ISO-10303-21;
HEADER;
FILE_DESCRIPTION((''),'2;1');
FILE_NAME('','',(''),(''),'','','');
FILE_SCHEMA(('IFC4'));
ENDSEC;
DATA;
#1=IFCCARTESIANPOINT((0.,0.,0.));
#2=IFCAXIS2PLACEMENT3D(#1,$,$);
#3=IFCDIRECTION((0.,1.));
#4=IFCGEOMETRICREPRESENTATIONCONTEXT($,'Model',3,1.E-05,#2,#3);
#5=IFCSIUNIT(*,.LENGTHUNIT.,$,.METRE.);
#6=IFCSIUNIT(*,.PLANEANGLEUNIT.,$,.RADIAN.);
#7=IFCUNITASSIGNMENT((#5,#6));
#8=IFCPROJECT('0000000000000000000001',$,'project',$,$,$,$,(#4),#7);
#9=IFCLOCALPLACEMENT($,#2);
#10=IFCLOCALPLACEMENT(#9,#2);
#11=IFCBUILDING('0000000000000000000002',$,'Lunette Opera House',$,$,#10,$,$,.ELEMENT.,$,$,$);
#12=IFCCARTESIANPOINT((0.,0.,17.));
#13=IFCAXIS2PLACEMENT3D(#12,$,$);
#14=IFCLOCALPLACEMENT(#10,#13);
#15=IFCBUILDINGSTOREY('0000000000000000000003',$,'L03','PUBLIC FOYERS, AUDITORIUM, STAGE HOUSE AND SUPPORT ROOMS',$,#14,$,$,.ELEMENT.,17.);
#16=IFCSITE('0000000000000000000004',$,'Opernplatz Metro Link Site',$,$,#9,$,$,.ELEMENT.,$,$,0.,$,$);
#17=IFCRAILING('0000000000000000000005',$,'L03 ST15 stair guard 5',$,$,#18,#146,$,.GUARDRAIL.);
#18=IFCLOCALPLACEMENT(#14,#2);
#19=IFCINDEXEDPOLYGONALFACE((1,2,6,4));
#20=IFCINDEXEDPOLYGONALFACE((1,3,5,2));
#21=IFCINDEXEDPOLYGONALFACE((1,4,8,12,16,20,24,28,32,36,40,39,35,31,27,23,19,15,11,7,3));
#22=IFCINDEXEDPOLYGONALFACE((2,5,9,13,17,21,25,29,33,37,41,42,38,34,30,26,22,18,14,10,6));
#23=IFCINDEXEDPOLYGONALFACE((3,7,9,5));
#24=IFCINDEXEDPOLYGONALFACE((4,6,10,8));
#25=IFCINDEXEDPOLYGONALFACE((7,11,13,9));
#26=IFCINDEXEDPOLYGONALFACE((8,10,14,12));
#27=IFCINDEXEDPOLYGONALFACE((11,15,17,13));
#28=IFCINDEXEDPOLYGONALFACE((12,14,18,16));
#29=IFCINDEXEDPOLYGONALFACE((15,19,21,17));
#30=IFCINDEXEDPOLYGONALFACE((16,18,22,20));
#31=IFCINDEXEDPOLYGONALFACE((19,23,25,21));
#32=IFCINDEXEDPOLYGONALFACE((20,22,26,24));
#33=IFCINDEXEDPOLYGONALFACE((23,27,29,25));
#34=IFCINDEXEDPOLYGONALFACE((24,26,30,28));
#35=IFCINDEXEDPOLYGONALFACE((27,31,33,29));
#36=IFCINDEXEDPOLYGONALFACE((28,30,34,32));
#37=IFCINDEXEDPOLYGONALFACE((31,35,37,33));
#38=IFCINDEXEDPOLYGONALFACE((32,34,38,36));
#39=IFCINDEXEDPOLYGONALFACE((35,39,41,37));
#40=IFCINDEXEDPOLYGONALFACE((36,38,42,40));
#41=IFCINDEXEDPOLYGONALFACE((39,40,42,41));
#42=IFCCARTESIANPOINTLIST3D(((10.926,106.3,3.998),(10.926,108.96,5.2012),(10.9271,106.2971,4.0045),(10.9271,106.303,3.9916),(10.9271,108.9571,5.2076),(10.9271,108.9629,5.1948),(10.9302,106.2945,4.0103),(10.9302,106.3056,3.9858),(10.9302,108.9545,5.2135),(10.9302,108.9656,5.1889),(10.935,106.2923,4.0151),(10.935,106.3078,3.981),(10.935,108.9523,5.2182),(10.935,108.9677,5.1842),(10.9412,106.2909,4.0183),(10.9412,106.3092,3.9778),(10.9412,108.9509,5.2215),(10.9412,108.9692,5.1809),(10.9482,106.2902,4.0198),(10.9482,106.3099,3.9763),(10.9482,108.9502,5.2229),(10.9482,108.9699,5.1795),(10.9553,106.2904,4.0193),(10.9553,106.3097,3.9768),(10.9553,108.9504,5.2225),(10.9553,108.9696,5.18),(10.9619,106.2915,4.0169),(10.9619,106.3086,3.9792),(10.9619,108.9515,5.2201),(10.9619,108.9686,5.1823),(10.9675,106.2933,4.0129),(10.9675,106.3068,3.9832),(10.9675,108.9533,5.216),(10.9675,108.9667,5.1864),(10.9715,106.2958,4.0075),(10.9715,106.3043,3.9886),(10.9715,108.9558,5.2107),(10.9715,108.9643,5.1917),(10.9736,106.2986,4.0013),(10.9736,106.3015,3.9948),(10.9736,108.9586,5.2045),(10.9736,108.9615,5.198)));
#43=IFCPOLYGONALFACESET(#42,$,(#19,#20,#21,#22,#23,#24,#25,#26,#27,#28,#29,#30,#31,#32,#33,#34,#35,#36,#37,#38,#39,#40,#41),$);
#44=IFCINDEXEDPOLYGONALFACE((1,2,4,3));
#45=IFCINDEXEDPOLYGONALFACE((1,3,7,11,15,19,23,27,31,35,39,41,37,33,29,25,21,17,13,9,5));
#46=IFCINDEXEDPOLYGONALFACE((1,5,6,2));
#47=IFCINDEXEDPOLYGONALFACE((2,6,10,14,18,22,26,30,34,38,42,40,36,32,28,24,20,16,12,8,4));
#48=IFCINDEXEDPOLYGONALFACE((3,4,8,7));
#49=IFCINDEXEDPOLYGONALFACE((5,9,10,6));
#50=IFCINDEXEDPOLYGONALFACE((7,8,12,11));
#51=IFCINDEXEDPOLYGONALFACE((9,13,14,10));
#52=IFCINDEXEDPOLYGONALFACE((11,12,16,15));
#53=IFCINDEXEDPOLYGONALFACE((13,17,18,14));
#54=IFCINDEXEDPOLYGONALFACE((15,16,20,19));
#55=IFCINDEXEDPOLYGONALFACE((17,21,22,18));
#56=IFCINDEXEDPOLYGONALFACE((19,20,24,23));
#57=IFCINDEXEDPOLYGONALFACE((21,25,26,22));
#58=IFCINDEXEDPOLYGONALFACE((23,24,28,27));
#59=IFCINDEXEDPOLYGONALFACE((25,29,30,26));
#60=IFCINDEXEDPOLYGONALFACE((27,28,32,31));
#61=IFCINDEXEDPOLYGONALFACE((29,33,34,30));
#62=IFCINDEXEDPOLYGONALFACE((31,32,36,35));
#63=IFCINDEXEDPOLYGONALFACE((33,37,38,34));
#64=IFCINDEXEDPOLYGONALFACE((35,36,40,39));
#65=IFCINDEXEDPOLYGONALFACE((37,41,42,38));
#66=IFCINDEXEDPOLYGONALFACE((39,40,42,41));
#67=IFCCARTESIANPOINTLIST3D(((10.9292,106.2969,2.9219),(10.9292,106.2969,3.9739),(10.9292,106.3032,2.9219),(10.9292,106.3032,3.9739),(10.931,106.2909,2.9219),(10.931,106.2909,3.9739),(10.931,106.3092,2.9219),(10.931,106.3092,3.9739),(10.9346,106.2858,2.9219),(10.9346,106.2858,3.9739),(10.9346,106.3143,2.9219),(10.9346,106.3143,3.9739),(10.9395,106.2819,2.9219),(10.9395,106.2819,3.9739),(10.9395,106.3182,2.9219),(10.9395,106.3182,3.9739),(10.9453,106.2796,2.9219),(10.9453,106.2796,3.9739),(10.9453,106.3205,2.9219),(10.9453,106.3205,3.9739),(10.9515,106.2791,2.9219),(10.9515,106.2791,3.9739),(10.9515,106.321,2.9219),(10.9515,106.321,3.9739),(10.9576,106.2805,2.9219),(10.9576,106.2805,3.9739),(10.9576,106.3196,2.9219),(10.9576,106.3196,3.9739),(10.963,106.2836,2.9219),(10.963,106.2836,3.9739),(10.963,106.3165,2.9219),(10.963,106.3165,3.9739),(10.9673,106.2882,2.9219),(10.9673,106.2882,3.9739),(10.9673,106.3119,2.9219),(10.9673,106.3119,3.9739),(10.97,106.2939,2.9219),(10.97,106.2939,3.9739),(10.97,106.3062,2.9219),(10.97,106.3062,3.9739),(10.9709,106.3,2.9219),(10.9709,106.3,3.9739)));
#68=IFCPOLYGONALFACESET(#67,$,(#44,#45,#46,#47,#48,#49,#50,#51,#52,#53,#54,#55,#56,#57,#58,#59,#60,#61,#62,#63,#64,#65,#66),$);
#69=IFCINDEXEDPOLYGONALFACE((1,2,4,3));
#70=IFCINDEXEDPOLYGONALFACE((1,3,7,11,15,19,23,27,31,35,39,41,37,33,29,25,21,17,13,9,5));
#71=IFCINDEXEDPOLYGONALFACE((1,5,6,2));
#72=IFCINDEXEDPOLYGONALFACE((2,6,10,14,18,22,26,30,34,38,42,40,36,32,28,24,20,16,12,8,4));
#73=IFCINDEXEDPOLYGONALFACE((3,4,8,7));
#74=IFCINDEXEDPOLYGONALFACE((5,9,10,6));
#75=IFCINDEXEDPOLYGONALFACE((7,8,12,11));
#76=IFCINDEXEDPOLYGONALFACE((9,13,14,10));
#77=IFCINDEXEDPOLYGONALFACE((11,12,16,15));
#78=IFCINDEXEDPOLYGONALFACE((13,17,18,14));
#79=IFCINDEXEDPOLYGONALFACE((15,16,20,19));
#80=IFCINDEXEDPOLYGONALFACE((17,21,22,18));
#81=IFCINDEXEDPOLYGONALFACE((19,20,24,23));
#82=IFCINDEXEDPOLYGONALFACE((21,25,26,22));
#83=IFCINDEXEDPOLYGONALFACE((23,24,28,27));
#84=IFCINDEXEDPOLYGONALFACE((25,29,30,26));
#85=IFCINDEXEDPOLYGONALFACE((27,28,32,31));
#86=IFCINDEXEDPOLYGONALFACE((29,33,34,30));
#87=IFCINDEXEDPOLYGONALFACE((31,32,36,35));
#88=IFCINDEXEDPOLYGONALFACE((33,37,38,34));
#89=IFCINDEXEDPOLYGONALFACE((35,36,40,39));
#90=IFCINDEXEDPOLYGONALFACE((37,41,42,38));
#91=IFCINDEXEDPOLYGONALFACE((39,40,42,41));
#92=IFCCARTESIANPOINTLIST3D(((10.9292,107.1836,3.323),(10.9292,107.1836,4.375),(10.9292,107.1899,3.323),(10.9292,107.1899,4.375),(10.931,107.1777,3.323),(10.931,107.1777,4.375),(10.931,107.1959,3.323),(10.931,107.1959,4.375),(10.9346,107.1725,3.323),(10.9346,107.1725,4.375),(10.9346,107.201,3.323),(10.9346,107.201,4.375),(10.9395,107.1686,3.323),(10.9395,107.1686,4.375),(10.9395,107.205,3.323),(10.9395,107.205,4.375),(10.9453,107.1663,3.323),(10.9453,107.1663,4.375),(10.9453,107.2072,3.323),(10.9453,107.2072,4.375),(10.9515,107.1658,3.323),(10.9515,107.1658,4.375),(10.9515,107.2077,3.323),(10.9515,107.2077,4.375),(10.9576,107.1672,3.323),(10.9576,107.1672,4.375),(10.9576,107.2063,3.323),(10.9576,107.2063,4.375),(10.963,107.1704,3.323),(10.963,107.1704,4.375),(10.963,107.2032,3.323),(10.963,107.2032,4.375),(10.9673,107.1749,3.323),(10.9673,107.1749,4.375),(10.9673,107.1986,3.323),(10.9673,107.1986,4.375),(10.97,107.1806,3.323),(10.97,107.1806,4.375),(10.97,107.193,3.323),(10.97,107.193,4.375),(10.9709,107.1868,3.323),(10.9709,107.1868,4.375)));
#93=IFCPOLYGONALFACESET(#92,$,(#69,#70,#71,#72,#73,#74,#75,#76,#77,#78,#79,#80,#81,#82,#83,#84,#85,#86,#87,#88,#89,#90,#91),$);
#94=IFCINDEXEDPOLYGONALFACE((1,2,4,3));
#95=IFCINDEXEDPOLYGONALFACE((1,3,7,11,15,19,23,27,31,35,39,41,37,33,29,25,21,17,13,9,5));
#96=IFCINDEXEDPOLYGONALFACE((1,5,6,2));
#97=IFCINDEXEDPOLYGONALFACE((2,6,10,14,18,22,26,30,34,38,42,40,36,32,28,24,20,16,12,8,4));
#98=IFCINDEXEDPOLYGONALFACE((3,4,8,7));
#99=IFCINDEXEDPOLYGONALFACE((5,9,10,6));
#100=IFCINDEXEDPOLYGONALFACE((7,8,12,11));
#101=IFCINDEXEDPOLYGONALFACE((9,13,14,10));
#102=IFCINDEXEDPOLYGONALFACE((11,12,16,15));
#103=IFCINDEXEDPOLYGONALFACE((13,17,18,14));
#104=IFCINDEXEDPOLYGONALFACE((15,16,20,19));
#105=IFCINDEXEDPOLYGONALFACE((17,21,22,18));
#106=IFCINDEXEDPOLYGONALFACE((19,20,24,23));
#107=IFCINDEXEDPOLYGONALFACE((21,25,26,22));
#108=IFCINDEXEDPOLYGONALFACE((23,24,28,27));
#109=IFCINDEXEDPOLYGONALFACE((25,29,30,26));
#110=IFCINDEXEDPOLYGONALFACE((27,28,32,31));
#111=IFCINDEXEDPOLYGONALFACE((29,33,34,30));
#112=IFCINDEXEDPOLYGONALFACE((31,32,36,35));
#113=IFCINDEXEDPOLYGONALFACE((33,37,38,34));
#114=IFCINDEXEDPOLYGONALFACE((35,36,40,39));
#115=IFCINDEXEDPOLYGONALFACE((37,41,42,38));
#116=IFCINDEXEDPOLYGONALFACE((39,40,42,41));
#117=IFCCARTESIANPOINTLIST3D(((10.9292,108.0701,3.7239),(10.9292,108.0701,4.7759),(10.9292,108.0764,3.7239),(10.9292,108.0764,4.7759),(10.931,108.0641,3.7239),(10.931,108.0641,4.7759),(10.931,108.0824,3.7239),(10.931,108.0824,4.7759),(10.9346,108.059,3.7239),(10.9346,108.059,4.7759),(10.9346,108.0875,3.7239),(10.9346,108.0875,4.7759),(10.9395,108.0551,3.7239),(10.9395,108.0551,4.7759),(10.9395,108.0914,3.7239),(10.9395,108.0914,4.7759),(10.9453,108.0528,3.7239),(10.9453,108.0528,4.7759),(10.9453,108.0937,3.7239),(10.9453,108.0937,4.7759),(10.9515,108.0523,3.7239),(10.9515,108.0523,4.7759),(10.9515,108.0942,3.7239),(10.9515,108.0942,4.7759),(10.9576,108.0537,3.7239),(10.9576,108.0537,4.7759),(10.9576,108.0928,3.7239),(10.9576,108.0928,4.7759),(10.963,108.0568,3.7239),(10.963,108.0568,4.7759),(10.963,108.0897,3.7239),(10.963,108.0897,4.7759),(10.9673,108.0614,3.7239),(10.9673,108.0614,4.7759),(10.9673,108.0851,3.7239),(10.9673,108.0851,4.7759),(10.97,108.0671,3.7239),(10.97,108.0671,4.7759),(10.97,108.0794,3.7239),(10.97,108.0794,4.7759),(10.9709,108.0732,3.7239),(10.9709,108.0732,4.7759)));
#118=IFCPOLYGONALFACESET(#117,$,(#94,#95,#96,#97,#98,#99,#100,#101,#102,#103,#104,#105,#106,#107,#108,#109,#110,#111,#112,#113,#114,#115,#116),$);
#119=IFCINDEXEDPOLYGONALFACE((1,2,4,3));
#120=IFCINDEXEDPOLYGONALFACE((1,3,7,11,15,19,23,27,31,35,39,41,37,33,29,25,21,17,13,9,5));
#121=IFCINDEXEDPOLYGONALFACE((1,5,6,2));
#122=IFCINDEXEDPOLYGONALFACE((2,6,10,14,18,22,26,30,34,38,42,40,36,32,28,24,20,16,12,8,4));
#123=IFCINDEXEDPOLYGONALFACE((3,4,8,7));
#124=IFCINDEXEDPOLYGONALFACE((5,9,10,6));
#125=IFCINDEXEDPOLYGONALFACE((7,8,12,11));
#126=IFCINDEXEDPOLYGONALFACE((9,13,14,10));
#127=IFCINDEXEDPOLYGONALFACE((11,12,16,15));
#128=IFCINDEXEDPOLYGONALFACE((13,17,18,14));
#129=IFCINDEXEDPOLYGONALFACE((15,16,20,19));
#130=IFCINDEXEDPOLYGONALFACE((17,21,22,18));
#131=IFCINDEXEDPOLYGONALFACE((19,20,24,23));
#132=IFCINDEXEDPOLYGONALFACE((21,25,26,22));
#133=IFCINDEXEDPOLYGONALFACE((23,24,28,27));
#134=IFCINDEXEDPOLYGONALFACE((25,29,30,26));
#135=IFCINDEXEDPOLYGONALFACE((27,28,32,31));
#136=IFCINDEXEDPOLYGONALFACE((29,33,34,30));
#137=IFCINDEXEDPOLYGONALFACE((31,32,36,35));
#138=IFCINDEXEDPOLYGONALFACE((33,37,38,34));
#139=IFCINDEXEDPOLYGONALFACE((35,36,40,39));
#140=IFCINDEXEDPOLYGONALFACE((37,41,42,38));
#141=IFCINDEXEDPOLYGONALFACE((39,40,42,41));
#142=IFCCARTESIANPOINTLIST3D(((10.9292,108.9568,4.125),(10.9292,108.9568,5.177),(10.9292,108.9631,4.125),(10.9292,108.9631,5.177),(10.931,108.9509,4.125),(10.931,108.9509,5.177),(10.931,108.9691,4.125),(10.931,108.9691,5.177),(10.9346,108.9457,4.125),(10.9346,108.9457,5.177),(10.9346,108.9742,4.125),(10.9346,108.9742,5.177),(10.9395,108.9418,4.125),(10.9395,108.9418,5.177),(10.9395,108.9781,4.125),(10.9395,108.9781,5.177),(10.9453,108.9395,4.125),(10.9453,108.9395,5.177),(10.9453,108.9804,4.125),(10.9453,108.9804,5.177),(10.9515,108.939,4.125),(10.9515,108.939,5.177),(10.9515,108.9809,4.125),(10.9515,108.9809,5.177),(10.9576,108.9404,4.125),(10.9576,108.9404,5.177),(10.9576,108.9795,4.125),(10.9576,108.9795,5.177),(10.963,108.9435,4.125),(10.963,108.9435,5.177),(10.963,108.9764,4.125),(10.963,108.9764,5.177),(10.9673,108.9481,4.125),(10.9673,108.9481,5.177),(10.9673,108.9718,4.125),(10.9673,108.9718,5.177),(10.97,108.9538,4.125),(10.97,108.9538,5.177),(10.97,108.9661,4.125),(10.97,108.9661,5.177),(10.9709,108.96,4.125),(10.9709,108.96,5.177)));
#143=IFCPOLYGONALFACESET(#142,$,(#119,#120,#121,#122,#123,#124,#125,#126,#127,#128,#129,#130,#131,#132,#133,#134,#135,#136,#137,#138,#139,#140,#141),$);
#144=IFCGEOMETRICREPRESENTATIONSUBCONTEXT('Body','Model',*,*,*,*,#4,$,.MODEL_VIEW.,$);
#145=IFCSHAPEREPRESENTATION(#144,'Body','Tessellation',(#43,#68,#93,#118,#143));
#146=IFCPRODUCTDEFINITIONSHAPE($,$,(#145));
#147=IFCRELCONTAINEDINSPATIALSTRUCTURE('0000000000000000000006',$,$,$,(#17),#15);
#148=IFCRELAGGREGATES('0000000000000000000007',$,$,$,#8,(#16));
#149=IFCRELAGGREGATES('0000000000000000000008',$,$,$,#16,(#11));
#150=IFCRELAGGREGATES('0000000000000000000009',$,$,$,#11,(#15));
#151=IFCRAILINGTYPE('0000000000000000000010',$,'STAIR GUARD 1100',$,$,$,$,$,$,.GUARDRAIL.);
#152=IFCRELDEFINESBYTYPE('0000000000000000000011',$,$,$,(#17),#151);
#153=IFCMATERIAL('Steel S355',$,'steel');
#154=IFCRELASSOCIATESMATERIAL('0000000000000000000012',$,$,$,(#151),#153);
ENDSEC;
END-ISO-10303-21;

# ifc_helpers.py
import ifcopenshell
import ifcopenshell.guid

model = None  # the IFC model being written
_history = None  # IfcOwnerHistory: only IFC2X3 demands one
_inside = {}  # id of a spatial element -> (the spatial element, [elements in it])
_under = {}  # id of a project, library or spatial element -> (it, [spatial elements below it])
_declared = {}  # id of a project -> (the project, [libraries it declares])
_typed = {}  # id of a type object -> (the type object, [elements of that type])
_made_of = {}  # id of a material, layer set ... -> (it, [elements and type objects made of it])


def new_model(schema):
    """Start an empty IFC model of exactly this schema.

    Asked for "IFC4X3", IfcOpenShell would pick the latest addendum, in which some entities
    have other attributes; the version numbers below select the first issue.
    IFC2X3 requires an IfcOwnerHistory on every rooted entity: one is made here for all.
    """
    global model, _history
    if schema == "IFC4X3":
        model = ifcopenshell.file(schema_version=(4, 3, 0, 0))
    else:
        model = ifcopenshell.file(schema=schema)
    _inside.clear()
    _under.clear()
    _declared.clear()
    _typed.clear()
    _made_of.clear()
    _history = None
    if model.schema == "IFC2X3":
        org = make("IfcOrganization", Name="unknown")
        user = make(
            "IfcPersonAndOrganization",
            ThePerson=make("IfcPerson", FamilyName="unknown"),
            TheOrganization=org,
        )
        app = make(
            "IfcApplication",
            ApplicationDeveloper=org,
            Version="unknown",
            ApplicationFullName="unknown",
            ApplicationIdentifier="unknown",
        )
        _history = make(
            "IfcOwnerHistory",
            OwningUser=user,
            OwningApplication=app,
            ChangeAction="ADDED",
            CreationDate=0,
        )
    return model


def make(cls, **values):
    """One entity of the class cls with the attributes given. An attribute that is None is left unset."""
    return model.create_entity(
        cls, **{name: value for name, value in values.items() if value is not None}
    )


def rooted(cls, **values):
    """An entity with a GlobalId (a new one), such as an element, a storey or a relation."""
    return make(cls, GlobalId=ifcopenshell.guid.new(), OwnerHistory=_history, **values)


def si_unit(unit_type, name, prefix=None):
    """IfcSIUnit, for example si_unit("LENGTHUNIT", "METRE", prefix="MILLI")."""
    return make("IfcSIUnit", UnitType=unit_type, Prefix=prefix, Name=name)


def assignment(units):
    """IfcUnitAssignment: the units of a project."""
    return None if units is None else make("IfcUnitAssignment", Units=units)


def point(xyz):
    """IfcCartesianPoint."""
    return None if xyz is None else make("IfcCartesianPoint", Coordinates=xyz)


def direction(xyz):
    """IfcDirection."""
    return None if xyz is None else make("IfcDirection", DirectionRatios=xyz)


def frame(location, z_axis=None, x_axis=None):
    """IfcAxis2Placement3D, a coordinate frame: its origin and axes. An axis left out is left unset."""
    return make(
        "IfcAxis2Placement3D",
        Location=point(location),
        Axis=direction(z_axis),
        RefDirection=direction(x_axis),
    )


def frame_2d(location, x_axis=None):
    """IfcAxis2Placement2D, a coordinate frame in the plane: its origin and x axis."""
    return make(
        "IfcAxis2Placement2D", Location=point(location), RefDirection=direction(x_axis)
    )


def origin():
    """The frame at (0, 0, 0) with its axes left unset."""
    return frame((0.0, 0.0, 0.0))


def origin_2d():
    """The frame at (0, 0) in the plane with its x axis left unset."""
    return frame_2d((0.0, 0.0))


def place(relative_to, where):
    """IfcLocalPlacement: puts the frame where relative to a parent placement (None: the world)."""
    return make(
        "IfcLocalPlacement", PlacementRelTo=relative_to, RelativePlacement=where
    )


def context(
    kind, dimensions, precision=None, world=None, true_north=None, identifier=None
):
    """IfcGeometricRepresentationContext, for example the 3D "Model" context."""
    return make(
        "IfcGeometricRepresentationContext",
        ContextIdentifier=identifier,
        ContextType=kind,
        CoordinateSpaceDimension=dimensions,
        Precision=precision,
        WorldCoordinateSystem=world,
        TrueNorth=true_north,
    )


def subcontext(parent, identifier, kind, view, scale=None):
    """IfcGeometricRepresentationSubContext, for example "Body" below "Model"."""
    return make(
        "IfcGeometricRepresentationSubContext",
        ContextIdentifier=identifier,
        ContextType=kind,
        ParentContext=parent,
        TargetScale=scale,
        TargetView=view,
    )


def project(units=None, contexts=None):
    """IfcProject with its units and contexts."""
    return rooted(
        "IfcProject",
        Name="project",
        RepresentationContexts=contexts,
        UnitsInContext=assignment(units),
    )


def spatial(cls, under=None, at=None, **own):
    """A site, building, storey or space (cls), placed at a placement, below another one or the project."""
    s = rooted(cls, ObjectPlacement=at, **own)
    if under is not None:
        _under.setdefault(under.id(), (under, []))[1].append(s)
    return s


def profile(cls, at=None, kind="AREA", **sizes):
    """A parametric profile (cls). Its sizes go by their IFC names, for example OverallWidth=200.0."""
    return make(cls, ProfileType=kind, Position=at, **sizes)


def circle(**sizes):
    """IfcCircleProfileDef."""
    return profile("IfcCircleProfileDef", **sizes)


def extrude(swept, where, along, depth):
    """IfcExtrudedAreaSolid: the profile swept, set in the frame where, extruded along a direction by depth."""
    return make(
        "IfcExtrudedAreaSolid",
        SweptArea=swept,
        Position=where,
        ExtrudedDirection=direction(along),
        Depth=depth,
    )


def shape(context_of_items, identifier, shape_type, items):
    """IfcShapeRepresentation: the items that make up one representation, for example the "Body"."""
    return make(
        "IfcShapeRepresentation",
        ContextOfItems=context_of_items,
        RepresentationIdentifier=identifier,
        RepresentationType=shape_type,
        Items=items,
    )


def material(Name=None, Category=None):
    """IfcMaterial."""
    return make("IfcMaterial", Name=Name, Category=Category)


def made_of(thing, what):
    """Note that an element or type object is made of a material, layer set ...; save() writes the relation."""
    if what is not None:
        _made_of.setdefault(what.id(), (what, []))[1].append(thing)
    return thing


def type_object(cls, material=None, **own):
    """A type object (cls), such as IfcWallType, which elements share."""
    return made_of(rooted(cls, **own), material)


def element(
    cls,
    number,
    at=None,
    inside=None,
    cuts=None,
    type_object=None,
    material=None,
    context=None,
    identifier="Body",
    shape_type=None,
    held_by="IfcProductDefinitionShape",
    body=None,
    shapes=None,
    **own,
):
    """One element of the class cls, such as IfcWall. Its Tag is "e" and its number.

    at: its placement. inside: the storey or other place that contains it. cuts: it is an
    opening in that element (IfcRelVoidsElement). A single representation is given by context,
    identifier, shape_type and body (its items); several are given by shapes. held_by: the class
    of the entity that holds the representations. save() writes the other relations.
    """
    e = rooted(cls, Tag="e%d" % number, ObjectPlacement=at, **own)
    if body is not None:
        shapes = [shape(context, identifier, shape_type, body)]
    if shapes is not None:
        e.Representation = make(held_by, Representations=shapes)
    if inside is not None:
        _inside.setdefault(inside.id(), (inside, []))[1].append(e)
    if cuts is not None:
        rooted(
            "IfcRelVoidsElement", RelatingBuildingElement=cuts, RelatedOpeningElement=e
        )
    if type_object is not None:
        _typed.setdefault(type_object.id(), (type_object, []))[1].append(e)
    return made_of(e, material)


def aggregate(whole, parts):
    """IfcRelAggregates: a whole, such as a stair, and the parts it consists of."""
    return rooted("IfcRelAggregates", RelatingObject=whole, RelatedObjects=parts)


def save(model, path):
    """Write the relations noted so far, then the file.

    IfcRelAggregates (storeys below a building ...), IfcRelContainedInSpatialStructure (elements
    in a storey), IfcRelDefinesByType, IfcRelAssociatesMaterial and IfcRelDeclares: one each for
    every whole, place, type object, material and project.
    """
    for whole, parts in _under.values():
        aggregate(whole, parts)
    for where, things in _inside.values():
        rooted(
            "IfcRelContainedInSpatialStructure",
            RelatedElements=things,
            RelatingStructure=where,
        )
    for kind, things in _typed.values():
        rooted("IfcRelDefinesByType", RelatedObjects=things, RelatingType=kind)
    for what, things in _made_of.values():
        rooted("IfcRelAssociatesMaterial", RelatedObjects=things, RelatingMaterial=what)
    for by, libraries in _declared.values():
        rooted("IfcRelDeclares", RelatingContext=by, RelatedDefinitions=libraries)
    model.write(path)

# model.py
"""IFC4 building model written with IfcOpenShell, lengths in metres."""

from ifc_helpers import new_model, si_unit, direction, frame, origin, origin_2d, place, context, subcontext, project, spatial, circle, extrude, material, type_object, element, save


model = new_model("IFC4")

# Units and contexts
model_context = context("Model", 3, precision=1e-05, world=origin(), true_north=direction((0.0, 1.0)))
body_context = subcontext(model_context, "Body", "Model", "MODEL_VIEW")
ifc_project = project(units=[si_unit("LENGTHUNIT", "METRE"), si_unit("PLANEANGLEUNIT", "RADIAN")], contexts=[model_context])

# Site, building, storey
site_placement = place(None, origin())
site = spatial("IfcSite", under=ifc_project, at=site_placement, Name="Opernplatz Metro Link Site", CompositionType="ELEMENT", RefElevation=0.0)
building_placement = place(site_placement, origin())
building = spatial("IfcBuilding", under=site, at=building_placement, Name="Lunette Opera House", CompositionType="ELEMENT")
storey_placement = place(building_placement, frame((0.0, 0.0, 17.0)))
storey = spatial("IfcBuildingStorey", under=building, at=storey_placement, Name="L03", Description="PUBLIC FOYERS, AUDITORIUM, STAGE HOUSE AND SUPPORT ROOMS", CompositionType="ELEMENT", Elevation=17.0)

# Railing
ifc_material_1 = material(Name="Steel S355", Category="steel")
railing_type_1 = type_object("IfcRailingType", Name="STAIR GUARD 1100", PredefinedType="GUARDRAIL", material=ifc_material_1)
railing_1_placement = place(storey_placement, frame((10.95, 106.3, 2.9219)))
element("IfcRailing", 1, at=railing_1_placement, inside=storey, type_object=railing_type_1, Name="L03 ST15 stair guard 5", PredefinedType="GUARDRAIL", context=body_context, shape_type="SweptSolid", body=[
    extrude(circle(Radius=0.0239, at=origin_2d()), frame((0.0, 0.0, 1.0762), z_axis=(0.0, 0.91113, 0.41212), x_axis=(-1.0, 0.0, 0.0)), (0.0, 0.0, 1.0), 2.9194),
    extrude(circle(Radius=0.021, at=origin_2d()), origin(), (0.0, 0.0, 1.0), 1.052),
    extrude(circle(Radius=0.021, at=origin_2d()), frame((0.0, 0.8867, 0.4011)), (0.0, 0.0, 1.0), 1.052),
    extrude(circle(Radius=0.021, at=origin_2d()), frame((0.0, 1.7732, 0.802)), (0.0, 0.0, 1.0), 1.052),
    extrude(circle(Radius=0.021, at=origin_2d()), frame((0.0, 2.6599, 1.2031)), (0.0, 0.0, 1.0), 1.052),
])

save(model, "model.ifc")
